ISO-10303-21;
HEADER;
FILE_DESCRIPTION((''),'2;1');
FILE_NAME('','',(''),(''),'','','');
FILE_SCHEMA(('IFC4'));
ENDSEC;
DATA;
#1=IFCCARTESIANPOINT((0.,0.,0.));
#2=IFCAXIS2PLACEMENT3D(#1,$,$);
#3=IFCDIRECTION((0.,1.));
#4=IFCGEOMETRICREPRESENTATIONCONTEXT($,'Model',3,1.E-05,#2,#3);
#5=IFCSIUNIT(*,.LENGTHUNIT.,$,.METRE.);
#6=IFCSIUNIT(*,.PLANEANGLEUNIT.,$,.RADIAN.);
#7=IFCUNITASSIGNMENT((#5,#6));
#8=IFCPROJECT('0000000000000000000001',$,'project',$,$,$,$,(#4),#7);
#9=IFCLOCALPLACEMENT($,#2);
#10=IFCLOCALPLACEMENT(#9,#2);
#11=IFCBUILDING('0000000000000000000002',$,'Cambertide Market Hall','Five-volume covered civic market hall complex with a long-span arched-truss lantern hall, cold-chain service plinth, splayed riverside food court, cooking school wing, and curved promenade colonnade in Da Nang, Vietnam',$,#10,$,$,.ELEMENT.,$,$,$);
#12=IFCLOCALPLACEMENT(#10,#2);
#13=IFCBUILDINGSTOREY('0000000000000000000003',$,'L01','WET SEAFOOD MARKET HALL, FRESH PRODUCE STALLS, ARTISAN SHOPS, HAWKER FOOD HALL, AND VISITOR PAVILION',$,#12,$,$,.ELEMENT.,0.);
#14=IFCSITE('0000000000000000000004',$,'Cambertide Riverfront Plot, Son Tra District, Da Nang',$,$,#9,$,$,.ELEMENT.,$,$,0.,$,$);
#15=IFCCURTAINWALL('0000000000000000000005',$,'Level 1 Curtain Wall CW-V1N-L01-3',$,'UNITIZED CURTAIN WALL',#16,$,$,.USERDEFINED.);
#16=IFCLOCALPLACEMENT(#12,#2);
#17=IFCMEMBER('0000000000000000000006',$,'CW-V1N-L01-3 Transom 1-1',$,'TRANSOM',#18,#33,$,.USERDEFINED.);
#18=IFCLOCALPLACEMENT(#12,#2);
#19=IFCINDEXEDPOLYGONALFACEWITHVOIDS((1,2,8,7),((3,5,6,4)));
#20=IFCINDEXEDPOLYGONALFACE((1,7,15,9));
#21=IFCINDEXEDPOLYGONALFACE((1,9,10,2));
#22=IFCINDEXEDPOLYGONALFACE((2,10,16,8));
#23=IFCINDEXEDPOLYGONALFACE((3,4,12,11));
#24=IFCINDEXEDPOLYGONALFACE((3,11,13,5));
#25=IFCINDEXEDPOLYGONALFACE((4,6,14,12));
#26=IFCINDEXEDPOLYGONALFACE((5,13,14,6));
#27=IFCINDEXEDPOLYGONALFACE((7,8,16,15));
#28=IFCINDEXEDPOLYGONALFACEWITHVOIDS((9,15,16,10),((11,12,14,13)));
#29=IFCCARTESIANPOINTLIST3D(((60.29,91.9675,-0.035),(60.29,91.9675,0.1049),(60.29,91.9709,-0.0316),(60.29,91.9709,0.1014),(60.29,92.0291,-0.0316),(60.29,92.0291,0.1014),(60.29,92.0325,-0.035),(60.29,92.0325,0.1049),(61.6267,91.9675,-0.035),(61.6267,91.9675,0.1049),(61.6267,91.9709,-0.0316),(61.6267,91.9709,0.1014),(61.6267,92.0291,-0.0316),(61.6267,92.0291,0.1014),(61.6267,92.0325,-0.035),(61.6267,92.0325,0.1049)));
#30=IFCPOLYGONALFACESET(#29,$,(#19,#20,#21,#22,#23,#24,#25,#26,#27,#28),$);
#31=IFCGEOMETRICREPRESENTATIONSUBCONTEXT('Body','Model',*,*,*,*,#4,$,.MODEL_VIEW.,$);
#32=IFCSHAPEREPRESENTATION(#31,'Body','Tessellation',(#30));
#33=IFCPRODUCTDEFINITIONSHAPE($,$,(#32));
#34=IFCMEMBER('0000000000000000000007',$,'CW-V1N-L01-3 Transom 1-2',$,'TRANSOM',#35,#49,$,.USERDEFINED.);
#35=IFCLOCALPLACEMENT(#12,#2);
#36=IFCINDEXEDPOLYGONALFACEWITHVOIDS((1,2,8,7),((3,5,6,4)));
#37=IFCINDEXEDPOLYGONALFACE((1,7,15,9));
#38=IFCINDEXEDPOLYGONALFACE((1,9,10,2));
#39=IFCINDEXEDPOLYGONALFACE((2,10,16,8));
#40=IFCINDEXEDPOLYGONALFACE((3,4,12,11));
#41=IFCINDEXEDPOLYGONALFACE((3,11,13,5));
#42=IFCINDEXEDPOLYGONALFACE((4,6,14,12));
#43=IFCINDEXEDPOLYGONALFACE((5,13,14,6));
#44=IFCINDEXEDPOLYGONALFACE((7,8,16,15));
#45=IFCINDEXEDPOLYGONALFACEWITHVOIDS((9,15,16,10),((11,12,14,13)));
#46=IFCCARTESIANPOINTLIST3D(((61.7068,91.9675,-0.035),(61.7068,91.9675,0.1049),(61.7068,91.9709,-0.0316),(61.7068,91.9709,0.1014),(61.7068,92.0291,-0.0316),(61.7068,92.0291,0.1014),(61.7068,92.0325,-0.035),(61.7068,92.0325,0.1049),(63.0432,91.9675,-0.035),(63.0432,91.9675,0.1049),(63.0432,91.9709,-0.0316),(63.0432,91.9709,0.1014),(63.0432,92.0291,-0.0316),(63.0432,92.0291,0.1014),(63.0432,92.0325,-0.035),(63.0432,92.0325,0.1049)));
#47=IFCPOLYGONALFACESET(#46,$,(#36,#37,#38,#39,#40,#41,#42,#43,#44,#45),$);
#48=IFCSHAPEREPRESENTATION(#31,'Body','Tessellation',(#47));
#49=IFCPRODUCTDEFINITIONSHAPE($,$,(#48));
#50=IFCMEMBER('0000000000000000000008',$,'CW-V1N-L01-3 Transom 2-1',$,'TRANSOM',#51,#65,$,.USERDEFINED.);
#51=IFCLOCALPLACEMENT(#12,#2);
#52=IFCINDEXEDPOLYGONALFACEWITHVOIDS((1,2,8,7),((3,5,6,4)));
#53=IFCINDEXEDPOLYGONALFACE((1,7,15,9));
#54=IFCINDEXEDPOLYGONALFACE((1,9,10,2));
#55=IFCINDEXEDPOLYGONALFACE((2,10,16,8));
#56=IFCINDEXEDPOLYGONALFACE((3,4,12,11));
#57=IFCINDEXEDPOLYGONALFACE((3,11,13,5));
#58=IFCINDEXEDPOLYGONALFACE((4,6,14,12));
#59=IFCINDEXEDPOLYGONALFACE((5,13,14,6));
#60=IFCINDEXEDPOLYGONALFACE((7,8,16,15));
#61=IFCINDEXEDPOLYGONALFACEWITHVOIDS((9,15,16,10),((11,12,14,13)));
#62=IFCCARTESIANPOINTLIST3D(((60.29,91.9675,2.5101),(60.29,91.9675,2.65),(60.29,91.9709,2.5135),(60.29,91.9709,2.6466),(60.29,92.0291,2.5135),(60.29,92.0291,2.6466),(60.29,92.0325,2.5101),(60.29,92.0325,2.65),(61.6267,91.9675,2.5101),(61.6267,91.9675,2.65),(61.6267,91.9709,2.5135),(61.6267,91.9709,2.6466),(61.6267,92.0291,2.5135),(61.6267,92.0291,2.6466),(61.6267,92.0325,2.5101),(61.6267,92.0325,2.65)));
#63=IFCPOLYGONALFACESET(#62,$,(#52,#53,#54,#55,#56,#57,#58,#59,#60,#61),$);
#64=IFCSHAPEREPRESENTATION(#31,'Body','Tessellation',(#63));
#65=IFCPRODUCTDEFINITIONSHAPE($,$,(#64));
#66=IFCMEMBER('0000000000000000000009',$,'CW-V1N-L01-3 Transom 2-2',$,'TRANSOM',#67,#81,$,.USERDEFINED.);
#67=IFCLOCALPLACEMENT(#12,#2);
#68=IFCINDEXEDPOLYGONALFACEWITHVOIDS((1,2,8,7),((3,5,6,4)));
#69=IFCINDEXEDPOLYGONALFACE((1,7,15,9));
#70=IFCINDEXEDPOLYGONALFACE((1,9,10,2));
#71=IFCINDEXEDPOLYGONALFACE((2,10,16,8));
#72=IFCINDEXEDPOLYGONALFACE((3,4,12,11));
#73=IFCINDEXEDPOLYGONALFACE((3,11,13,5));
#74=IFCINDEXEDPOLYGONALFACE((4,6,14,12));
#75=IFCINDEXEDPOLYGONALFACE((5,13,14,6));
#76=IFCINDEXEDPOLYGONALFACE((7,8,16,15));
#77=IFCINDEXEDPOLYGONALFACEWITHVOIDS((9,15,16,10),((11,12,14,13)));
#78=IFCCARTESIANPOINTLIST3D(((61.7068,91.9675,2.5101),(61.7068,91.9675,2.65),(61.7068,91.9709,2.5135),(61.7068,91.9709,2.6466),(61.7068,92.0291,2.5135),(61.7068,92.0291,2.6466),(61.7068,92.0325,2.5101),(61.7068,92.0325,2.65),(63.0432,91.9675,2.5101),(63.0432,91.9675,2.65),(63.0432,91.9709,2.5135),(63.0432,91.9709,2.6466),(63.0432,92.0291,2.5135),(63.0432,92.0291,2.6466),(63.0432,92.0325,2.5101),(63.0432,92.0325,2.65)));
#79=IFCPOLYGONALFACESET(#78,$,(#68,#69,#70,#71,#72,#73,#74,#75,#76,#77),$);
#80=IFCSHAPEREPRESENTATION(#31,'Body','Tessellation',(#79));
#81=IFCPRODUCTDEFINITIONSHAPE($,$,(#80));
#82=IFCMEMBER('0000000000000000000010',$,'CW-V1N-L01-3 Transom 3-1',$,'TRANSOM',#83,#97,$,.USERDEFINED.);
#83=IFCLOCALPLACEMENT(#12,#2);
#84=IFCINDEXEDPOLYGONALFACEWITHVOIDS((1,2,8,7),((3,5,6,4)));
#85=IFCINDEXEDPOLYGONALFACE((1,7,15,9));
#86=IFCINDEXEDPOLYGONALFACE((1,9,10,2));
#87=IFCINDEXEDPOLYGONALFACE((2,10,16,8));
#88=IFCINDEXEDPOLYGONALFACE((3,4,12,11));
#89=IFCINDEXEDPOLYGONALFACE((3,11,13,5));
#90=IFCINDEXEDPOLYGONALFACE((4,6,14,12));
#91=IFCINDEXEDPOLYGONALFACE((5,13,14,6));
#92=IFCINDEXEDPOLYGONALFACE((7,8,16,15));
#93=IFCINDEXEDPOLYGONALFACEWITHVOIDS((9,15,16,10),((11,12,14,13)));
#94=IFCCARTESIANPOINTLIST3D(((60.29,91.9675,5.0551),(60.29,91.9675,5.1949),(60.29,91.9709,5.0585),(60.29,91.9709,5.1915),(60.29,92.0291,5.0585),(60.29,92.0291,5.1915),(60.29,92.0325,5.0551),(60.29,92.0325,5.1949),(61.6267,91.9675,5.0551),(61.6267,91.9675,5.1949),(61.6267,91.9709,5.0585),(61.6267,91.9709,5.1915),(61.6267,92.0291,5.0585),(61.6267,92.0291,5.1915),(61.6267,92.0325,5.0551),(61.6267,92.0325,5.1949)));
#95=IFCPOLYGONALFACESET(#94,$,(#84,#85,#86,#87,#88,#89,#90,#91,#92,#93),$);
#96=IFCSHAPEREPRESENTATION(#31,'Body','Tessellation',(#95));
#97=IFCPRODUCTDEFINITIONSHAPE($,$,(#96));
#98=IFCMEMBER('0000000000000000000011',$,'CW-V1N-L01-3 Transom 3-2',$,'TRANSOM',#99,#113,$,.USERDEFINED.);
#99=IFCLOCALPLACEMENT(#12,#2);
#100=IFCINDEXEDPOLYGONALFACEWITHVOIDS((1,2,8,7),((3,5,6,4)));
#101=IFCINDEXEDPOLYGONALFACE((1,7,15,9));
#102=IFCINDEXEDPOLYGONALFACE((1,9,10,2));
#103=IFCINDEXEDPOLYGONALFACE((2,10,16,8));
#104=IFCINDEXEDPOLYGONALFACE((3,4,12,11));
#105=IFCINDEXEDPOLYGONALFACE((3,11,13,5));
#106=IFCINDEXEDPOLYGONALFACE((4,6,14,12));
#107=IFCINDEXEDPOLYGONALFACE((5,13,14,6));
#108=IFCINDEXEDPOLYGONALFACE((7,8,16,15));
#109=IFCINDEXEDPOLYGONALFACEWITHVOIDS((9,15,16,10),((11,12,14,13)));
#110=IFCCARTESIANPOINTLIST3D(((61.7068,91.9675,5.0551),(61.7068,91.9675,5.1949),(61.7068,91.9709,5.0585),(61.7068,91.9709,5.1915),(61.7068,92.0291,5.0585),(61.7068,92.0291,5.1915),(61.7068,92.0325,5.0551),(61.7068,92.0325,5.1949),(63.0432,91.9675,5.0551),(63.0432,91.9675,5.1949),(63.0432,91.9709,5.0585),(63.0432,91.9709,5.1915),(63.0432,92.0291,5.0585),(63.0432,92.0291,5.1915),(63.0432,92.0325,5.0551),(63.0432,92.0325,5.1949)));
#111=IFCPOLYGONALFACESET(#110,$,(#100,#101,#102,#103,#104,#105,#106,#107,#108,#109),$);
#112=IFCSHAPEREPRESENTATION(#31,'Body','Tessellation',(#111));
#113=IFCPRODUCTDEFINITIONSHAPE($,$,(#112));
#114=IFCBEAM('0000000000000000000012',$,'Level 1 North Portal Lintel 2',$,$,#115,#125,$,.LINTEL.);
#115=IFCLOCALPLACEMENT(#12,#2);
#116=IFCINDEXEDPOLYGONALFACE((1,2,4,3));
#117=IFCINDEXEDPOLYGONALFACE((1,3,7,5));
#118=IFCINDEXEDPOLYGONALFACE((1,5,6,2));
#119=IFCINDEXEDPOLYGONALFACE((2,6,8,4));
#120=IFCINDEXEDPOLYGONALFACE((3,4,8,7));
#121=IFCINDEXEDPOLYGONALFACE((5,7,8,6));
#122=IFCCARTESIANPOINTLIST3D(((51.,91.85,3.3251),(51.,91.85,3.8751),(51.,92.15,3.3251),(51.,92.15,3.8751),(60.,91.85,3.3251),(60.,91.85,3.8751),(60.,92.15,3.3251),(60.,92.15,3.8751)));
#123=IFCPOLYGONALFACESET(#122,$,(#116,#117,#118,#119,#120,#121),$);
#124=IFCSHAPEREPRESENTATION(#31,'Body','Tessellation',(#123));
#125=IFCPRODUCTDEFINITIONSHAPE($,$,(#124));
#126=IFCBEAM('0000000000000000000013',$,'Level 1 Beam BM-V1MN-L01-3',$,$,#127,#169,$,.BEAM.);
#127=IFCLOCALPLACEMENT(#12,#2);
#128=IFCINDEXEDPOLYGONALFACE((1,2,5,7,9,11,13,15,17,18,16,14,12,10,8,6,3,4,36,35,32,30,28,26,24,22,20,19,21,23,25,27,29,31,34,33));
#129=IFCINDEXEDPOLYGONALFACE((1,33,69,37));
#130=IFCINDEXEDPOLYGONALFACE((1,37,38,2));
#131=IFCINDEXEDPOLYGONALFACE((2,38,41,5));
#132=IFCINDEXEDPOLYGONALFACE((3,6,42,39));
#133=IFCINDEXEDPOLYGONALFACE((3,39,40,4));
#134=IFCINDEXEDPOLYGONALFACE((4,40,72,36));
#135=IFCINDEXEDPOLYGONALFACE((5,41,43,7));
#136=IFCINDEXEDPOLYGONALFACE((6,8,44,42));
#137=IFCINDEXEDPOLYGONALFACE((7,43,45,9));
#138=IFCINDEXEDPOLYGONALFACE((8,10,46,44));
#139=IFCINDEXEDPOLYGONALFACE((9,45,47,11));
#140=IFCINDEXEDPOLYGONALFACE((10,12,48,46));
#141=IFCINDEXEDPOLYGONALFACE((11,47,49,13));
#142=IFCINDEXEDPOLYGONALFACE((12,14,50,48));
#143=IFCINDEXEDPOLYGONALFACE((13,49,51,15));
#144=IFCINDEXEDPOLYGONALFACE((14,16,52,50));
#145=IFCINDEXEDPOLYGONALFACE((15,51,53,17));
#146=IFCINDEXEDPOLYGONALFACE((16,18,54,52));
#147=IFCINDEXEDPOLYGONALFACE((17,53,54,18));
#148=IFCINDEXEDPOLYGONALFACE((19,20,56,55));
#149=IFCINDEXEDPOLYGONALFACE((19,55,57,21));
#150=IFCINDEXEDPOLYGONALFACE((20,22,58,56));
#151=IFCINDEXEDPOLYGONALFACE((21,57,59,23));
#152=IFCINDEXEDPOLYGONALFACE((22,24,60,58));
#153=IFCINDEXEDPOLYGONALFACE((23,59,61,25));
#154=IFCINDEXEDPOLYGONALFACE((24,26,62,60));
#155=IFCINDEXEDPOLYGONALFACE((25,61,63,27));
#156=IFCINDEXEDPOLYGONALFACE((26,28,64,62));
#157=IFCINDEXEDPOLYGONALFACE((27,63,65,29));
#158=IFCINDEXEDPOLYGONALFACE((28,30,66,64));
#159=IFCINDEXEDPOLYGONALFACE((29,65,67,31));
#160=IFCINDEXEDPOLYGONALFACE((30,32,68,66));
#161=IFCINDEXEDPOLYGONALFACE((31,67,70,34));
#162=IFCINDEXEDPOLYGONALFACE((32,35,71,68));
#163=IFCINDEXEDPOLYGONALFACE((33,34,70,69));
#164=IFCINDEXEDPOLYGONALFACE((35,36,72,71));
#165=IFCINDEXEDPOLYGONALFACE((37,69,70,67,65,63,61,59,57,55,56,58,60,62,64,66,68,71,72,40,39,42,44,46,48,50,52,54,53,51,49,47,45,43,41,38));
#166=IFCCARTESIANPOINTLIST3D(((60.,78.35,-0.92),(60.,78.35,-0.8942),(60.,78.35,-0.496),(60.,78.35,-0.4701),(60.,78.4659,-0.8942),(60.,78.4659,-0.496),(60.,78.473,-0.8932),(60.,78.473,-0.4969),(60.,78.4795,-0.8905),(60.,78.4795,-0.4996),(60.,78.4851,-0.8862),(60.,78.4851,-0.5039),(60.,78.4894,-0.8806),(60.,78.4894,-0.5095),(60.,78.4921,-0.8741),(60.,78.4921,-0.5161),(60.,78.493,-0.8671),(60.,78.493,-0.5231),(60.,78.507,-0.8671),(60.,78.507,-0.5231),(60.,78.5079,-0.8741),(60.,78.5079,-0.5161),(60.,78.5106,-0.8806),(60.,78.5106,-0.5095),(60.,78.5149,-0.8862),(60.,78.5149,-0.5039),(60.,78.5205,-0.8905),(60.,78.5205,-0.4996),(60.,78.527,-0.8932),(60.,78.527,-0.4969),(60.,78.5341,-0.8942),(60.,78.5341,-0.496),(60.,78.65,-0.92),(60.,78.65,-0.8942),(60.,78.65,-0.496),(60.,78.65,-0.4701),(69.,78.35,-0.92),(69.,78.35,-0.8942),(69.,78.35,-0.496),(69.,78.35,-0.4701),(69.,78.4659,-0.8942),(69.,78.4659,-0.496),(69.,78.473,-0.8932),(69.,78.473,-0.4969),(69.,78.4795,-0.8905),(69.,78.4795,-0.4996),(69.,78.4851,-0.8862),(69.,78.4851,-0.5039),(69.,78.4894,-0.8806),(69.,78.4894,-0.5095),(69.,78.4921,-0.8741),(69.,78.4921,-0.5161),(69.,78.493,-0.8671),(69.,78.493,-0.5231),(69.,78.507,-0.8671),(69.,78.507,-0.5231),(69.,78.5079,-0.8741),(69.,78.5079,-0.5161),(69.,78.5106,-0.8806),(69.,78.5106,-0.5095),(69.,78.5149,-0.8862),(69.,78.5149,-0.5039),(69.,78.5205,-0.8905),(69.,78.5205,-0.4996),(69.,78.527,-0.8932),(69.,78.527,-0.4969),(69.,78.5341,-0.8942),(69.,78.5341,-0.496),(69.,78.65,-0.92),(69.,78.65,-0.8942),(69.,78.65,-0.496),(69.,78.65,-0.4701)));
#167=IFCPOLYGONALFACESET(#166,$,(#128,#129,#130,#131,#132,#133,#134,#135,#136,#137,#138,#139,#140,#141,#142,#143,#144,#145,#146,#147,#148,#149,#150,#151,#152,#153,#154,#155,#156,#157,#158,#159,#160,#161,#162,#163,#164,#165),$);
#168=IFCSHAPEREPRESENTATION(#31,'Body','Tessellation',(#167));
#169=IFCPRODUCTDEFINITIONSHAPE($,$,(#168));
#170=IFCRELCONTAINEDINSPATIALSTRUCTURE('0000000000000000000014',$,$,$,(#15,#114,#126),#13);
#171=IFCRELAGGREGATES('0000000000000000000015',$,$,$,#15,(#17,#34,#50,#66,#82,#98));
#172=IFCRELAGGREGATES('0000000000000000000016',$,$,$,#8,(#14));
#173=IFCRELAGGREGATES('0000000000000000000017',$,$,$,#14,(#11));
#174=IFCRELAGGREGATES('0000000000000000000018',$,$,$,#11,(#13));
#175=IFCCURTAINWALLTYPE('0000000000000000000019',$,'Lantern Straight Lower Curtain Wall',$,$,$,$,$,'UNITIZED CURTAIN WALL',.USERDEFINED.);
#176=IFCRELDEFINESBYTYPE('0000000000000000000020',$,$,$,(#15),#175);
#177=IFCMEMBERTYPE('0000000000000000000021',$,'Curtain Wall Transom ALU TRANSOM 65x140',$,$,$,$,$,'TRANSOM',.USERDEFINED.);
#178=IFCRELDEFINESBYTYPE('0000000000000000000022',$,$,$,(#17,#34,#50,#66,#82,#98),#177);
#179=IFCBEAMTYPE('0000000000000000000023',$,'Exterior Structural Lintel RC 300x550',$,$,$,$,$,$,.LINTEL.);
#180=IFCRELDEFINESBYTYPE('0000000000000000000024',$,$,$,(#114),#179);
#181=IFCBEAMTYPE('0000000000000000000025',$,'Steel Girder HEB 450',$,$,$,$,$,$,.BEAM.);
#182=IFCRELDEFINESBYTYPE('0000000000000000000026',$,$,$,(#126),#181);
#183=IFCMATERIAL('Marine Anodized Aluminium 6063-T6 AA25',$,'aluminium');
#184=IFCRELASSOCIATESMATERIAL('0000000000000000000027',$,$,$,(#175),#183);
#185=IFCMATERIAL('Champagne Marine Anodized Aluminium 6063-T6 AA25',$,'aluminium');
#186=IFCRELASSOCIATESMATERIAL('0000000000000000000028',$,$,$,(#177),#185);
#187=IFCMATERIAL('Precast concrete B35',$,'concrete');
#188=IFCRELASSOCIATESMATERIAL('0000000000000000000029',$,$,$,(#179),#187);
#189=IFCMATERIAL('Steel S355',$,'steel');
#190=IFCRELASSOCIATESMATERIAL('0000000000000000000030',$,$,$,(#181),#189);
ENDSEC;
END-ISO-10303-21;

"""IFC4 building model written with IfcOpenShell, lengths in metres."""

from ifc_helpers import new_model, si_unit, direction, frame, origin, origin_2d, place, context, subcontext, project, spatial, rectangle, hollow_rectangle, i_section, extrude, material, material_profile, profile_set, type_object, element, aggregate, save


model = new_model("IFC4")

# Units and contexts
model_context = context("Model", 3, precision=1e-05, world=origin(), true_north=direction((0.0, 1.0)))
body_context = subcontext(model_context, "Body", "Model", "MODEL_VIEW")
ifc_project = project(units=[si_unit("LENGTHUNIT", "METRE"), si_unit("PLANEANGLEUNIT", "RADIAN")], contexts=[model_context])

# Site, building, storey
site_placement = place(None, origin())
site = spatial("IfcSite", under=ifc_project, at=site_placement, Name="Cambertide Riverfront Plot, Son Tra District, Da Nang", CompositionType="ELEMENT", RefElevation=0.0)
building_placement = place(site_placement, origin())
building = spatial("IfcBuilding", under=site, at=building_placement, Name="Cambertide Market Hall", Description="Five-volume covered civic market hall complex with a long-span arched-truss lantern hall, cold-chain service plinth, splayed riverside food court, cooking school wing, and curved promenade colonnade in Da Nang, Vietnam", CompositionType="ELEMENT")
storey_placement = place(building_placement, origin())
storey = spatial("IfcBuildingStorey", under=building, at=storey_placement, Name="L01", Description="WET SEAFOOD MARKET HALL, FRESH PRODUCE STALLS, ARTISAN SHOPS, HAWKER FOOD HALL, AND VISITOR PAVILION", CompositionType="ELEMENT", Elevation=0.0)

# Curtain wall, members
ifc_material_1 = material(Name="Marine Anodized Aluminium 6063-T6 AA25", Category="aluminium")
curtain_wall_type = type_object("IfcCurtainWallType", Name="Lantern Straight Lower Curtain Wall", ElementType="UNITIZED CURTAIN WALL", PredefinedType="USERDEFINED", material=ifc_material_1)
curtain_wall_placement = place(storey_placement, origin())
curtain_wall = element("IfcCurtainWall", 1, at=curtain_wall_placement, inside=storey, type_object=curtain_wall_type, Name="Level 1 Curtain Wall CW-V1N-L01-3", ObjectType="UNITIZED CURTAIN WALL", PredefinedType="USERDEFINED")
ifc_material_2 = material(Name="Champagne Marine Anodized Aluminium 6063-T6 AA25", Category="aluminium")
ifc_material_profile_1 = material_profile(ifc_material_2, hollow_rectangle(XDim=0.0649, YDim=0.1399, WallThickness=0.0034, at=origin_2d()), Name="ALU TRANSOM 65x140")
ifc_profile_set_1 = profile_set([ifc_material_profile_1], Name="Champagne Marine Anodized Aluminium 6063-T6 AA25")
member_type_1 = type_object("IfcMemberType", Name="Curtain Wall Transom ALU TRANSOM 65x140", ElementType="TRANSOM", PredefinedType="USERDEFINED", material=ifc_profile_set_1)
member_1_placement = place(storey_placement, frame((60.29, 92.0, 0.0349), z_axis=(1.0, 0.0, 0.0), x_axis=(0.0, 1.0, 0.0)))
member_1 = element("IfcMember", 2, at=member_1_placement, type_object=member_type_1, Name="CW-V1N-L01-3 Transom 1-1", ObjectType="TRANSOM", PredefinedType="USERDEFINED", context=body_context, shape_type="SweptSolid", body=[
    extrude(hollow_rectangle(XDim=0.0649, YDim=0.1399, WallThickness=0.0034, at=origin_2d()), origin(), (0.0, 0.0, 1.0), 1.3367),
])
member_2_placement = place(storey_placement, frame((61.7068, 92.0, 0.0349), z_axis=(1.0, 0.0, 0.0), x_axis=(0.0, 1.0, 0.0)))
member_2 = element("IfcMember", 3, at=member_2_placement, type_object=member_type_1, Name="CW-V1N-L01-3 Transom 1-2", ObjectType="TRANSOM", PredefinedType="USERDEFINED", context=body_context, shape_type="SweptSolid", body=[
    extrude(hollow_rectangle(XDim=0.0649, YDim=0.1399, WallThickness=0.0034, at=origin_2d()), origin(), (0.0, 0.0, 1.0), 1.3364),
])
member_3_placement = place(storey_placement, frame((60.29, 92.0, 2.5801), z_axis=(1.0, 0.0, 0.0), x_axis=(0.0, 1.0, 0.0)))
member_3 = element("IfcMember", 4, at=member_3_placement, type_object=member_type_1, Name="CW-V1N-L01-3 Transom 2-1", ObjectType="TRANSOM", PredefinedType="USERDEFINED", context=body_context, shape_type="SweptSolid", body=[
    extrude(hollow_rectangle(XDim=0.0649, YDim=0.1399, WallThickness=0.0034, at=origin_2d()), origin(), (0.0, 0.0, 1.0), 1.3367),
])
member_4_placement = place(storey_placement, frame((61.7068, 92.0, 2.5801), z_axis=(1.0, 0.0, 0.0), x_axis=(0.0, 1.0, 0.0)))
member_4 = element("IfcMember", 5, at=member_4_placement, type_object=member_type_1, Name="CW-V1N-L01-3 Transom 2-2", ObjectType="TRANSOM", PredefinedType="USERDEFINED", context=body_context, shape_type="SweptSolid", body=[
    extrude(hollow_rectangle(XDim=0.0649, YDim=0.1399, WallThickness=0.0034, at=origin_2d()), origin(), (0.0, 0.0, 1.0), 1.3364),
])
member_5_placement = place(storey_placement, frame((60.29, 92.0, 5.125), z_axis=(1.0, 0.0, 0.0), x_axis=(0.0, 1.0, 0.0)))
member_5 = element("IfcMember", 6, at=member_5_placement, type_object=member_type_1, Name="CW-V1N-L01-3 Transom 3-1", ObjectType="TRANSOM", PredefinedType="USERDEFINED", context=body_context, shape_type="SweptSolid", body=[
    extrude(hollow_rectangle(XDim=0.0649, YDim=0.1399, WallThickness=0.0034, at=origin_2d()), origin(), (0.0, 0.0, 1.0), 1.3367),
])
member_6_placement = place(storey_placement, frame((61.7068, 92.0, 5.125), z_axis=(1.0, 0.0, 0.0), x_axis=(0.0, 1.0, 0.0)))
member_6 = element("IfcMember", 7, at=member_6_placement, type_object=member_type_1, Name="CW-V1N-L01-3 Transom 3-2", ObjectType="TRANSOM", PredefinedType="USERDEFINED", context=body_context, shape_type="SweptSolid", body=[
    extrude(hollow_rectangle(XDim=0.0649, YDim=0.1399, WallThickness=0.0034, at=origin_2d()), origin(), (0.0, 0.0, 1.0), 1.3364),
])

# Beams
ifc_material_3 = material(Name="Precast concrete B35", Category="concrete")
ifc_material_profile_2 = material_profile(ifc_material_3, rectangle(XDim=0.3, YDim=0.55, at=origin_2d()), Name="RC 300x550")
ifc_profile_set_2 = profile_set([ifc_material_profile_2], Name="Precast concrete B35")
beam_type_1 = type_object("IfcBeamType", Name="Exterior Structural Lintel RC 300x550", PredefinedType="LINTEL", material=ifc_profile_set_2)
beam_1_placement = place(storey_placement, frame((51.0, 92.0, 3.6001), z_axis=(1.0, 0.0, 0.0), x_axis=(0.0, 1.0, 0.0)))
element("IfcBeam", 8, at=beam_1_placement, inside=storey, type_object=beam_type_1, Name="Level 1 North Portal Lintel 2", PredefinedType="LINTEL", context=body_context, shape_type="SweptSolid", body=[
    extrude(rectangle(XDim=0.3, YDim=0.55, at=origin_2d()), origin(), (0.0, 0.0, 1.0), 9.0),
])
ifc_material_4 = material(Name="Steel S355", Category="steel")
ifc_material_profile_3 = material_profile(ifc_material_4, i_section(OverallWidth=0.3, OverallDepth=0.45, WebThickness=0.0139, FlangeThickness=0.0259, FilletRadius=0.0271, at=origin_2d()), Name="HEB 450")
ifc_profile_set_3 = profile_set([ifc_material_profile_3], Name="Steel S355")
beam_type_2 = type_object("IfcBeamType", Name="Steel Girder HEB 450", PredefinedType="BEAM", material=ifc_profile_set_3)
beam_2_placement = place(storey_placement, frame((60.0, 78.5, -0.6951), z_axis=(1.0, 0.0, 0.0), x_axis=(0.0, 1.0, 0.0)))
element("IfcBeam", 9, at=beam_2_placement, inside=storey, type_object=beam_type_2, Name="Level 1 Beam BM-V1MN-L01-3", PredefinedType="BEAM", context=body_context, shape_type="SweptSolid", body=[
    extrude(i_section(OverallWidth=0.3, OverallDepth=0.45, WebThickness=0.0139, FlangeThickness=0.0259, FilletRadius=0.0271, at=origin_2d()), origin(), (0.0, 0.0, 1.0), 9.0),
])

aggregate(curtain_wall, [member_1, member_2, member_3, member_4, member_5, member_6])

save(model, "model.ifc")
